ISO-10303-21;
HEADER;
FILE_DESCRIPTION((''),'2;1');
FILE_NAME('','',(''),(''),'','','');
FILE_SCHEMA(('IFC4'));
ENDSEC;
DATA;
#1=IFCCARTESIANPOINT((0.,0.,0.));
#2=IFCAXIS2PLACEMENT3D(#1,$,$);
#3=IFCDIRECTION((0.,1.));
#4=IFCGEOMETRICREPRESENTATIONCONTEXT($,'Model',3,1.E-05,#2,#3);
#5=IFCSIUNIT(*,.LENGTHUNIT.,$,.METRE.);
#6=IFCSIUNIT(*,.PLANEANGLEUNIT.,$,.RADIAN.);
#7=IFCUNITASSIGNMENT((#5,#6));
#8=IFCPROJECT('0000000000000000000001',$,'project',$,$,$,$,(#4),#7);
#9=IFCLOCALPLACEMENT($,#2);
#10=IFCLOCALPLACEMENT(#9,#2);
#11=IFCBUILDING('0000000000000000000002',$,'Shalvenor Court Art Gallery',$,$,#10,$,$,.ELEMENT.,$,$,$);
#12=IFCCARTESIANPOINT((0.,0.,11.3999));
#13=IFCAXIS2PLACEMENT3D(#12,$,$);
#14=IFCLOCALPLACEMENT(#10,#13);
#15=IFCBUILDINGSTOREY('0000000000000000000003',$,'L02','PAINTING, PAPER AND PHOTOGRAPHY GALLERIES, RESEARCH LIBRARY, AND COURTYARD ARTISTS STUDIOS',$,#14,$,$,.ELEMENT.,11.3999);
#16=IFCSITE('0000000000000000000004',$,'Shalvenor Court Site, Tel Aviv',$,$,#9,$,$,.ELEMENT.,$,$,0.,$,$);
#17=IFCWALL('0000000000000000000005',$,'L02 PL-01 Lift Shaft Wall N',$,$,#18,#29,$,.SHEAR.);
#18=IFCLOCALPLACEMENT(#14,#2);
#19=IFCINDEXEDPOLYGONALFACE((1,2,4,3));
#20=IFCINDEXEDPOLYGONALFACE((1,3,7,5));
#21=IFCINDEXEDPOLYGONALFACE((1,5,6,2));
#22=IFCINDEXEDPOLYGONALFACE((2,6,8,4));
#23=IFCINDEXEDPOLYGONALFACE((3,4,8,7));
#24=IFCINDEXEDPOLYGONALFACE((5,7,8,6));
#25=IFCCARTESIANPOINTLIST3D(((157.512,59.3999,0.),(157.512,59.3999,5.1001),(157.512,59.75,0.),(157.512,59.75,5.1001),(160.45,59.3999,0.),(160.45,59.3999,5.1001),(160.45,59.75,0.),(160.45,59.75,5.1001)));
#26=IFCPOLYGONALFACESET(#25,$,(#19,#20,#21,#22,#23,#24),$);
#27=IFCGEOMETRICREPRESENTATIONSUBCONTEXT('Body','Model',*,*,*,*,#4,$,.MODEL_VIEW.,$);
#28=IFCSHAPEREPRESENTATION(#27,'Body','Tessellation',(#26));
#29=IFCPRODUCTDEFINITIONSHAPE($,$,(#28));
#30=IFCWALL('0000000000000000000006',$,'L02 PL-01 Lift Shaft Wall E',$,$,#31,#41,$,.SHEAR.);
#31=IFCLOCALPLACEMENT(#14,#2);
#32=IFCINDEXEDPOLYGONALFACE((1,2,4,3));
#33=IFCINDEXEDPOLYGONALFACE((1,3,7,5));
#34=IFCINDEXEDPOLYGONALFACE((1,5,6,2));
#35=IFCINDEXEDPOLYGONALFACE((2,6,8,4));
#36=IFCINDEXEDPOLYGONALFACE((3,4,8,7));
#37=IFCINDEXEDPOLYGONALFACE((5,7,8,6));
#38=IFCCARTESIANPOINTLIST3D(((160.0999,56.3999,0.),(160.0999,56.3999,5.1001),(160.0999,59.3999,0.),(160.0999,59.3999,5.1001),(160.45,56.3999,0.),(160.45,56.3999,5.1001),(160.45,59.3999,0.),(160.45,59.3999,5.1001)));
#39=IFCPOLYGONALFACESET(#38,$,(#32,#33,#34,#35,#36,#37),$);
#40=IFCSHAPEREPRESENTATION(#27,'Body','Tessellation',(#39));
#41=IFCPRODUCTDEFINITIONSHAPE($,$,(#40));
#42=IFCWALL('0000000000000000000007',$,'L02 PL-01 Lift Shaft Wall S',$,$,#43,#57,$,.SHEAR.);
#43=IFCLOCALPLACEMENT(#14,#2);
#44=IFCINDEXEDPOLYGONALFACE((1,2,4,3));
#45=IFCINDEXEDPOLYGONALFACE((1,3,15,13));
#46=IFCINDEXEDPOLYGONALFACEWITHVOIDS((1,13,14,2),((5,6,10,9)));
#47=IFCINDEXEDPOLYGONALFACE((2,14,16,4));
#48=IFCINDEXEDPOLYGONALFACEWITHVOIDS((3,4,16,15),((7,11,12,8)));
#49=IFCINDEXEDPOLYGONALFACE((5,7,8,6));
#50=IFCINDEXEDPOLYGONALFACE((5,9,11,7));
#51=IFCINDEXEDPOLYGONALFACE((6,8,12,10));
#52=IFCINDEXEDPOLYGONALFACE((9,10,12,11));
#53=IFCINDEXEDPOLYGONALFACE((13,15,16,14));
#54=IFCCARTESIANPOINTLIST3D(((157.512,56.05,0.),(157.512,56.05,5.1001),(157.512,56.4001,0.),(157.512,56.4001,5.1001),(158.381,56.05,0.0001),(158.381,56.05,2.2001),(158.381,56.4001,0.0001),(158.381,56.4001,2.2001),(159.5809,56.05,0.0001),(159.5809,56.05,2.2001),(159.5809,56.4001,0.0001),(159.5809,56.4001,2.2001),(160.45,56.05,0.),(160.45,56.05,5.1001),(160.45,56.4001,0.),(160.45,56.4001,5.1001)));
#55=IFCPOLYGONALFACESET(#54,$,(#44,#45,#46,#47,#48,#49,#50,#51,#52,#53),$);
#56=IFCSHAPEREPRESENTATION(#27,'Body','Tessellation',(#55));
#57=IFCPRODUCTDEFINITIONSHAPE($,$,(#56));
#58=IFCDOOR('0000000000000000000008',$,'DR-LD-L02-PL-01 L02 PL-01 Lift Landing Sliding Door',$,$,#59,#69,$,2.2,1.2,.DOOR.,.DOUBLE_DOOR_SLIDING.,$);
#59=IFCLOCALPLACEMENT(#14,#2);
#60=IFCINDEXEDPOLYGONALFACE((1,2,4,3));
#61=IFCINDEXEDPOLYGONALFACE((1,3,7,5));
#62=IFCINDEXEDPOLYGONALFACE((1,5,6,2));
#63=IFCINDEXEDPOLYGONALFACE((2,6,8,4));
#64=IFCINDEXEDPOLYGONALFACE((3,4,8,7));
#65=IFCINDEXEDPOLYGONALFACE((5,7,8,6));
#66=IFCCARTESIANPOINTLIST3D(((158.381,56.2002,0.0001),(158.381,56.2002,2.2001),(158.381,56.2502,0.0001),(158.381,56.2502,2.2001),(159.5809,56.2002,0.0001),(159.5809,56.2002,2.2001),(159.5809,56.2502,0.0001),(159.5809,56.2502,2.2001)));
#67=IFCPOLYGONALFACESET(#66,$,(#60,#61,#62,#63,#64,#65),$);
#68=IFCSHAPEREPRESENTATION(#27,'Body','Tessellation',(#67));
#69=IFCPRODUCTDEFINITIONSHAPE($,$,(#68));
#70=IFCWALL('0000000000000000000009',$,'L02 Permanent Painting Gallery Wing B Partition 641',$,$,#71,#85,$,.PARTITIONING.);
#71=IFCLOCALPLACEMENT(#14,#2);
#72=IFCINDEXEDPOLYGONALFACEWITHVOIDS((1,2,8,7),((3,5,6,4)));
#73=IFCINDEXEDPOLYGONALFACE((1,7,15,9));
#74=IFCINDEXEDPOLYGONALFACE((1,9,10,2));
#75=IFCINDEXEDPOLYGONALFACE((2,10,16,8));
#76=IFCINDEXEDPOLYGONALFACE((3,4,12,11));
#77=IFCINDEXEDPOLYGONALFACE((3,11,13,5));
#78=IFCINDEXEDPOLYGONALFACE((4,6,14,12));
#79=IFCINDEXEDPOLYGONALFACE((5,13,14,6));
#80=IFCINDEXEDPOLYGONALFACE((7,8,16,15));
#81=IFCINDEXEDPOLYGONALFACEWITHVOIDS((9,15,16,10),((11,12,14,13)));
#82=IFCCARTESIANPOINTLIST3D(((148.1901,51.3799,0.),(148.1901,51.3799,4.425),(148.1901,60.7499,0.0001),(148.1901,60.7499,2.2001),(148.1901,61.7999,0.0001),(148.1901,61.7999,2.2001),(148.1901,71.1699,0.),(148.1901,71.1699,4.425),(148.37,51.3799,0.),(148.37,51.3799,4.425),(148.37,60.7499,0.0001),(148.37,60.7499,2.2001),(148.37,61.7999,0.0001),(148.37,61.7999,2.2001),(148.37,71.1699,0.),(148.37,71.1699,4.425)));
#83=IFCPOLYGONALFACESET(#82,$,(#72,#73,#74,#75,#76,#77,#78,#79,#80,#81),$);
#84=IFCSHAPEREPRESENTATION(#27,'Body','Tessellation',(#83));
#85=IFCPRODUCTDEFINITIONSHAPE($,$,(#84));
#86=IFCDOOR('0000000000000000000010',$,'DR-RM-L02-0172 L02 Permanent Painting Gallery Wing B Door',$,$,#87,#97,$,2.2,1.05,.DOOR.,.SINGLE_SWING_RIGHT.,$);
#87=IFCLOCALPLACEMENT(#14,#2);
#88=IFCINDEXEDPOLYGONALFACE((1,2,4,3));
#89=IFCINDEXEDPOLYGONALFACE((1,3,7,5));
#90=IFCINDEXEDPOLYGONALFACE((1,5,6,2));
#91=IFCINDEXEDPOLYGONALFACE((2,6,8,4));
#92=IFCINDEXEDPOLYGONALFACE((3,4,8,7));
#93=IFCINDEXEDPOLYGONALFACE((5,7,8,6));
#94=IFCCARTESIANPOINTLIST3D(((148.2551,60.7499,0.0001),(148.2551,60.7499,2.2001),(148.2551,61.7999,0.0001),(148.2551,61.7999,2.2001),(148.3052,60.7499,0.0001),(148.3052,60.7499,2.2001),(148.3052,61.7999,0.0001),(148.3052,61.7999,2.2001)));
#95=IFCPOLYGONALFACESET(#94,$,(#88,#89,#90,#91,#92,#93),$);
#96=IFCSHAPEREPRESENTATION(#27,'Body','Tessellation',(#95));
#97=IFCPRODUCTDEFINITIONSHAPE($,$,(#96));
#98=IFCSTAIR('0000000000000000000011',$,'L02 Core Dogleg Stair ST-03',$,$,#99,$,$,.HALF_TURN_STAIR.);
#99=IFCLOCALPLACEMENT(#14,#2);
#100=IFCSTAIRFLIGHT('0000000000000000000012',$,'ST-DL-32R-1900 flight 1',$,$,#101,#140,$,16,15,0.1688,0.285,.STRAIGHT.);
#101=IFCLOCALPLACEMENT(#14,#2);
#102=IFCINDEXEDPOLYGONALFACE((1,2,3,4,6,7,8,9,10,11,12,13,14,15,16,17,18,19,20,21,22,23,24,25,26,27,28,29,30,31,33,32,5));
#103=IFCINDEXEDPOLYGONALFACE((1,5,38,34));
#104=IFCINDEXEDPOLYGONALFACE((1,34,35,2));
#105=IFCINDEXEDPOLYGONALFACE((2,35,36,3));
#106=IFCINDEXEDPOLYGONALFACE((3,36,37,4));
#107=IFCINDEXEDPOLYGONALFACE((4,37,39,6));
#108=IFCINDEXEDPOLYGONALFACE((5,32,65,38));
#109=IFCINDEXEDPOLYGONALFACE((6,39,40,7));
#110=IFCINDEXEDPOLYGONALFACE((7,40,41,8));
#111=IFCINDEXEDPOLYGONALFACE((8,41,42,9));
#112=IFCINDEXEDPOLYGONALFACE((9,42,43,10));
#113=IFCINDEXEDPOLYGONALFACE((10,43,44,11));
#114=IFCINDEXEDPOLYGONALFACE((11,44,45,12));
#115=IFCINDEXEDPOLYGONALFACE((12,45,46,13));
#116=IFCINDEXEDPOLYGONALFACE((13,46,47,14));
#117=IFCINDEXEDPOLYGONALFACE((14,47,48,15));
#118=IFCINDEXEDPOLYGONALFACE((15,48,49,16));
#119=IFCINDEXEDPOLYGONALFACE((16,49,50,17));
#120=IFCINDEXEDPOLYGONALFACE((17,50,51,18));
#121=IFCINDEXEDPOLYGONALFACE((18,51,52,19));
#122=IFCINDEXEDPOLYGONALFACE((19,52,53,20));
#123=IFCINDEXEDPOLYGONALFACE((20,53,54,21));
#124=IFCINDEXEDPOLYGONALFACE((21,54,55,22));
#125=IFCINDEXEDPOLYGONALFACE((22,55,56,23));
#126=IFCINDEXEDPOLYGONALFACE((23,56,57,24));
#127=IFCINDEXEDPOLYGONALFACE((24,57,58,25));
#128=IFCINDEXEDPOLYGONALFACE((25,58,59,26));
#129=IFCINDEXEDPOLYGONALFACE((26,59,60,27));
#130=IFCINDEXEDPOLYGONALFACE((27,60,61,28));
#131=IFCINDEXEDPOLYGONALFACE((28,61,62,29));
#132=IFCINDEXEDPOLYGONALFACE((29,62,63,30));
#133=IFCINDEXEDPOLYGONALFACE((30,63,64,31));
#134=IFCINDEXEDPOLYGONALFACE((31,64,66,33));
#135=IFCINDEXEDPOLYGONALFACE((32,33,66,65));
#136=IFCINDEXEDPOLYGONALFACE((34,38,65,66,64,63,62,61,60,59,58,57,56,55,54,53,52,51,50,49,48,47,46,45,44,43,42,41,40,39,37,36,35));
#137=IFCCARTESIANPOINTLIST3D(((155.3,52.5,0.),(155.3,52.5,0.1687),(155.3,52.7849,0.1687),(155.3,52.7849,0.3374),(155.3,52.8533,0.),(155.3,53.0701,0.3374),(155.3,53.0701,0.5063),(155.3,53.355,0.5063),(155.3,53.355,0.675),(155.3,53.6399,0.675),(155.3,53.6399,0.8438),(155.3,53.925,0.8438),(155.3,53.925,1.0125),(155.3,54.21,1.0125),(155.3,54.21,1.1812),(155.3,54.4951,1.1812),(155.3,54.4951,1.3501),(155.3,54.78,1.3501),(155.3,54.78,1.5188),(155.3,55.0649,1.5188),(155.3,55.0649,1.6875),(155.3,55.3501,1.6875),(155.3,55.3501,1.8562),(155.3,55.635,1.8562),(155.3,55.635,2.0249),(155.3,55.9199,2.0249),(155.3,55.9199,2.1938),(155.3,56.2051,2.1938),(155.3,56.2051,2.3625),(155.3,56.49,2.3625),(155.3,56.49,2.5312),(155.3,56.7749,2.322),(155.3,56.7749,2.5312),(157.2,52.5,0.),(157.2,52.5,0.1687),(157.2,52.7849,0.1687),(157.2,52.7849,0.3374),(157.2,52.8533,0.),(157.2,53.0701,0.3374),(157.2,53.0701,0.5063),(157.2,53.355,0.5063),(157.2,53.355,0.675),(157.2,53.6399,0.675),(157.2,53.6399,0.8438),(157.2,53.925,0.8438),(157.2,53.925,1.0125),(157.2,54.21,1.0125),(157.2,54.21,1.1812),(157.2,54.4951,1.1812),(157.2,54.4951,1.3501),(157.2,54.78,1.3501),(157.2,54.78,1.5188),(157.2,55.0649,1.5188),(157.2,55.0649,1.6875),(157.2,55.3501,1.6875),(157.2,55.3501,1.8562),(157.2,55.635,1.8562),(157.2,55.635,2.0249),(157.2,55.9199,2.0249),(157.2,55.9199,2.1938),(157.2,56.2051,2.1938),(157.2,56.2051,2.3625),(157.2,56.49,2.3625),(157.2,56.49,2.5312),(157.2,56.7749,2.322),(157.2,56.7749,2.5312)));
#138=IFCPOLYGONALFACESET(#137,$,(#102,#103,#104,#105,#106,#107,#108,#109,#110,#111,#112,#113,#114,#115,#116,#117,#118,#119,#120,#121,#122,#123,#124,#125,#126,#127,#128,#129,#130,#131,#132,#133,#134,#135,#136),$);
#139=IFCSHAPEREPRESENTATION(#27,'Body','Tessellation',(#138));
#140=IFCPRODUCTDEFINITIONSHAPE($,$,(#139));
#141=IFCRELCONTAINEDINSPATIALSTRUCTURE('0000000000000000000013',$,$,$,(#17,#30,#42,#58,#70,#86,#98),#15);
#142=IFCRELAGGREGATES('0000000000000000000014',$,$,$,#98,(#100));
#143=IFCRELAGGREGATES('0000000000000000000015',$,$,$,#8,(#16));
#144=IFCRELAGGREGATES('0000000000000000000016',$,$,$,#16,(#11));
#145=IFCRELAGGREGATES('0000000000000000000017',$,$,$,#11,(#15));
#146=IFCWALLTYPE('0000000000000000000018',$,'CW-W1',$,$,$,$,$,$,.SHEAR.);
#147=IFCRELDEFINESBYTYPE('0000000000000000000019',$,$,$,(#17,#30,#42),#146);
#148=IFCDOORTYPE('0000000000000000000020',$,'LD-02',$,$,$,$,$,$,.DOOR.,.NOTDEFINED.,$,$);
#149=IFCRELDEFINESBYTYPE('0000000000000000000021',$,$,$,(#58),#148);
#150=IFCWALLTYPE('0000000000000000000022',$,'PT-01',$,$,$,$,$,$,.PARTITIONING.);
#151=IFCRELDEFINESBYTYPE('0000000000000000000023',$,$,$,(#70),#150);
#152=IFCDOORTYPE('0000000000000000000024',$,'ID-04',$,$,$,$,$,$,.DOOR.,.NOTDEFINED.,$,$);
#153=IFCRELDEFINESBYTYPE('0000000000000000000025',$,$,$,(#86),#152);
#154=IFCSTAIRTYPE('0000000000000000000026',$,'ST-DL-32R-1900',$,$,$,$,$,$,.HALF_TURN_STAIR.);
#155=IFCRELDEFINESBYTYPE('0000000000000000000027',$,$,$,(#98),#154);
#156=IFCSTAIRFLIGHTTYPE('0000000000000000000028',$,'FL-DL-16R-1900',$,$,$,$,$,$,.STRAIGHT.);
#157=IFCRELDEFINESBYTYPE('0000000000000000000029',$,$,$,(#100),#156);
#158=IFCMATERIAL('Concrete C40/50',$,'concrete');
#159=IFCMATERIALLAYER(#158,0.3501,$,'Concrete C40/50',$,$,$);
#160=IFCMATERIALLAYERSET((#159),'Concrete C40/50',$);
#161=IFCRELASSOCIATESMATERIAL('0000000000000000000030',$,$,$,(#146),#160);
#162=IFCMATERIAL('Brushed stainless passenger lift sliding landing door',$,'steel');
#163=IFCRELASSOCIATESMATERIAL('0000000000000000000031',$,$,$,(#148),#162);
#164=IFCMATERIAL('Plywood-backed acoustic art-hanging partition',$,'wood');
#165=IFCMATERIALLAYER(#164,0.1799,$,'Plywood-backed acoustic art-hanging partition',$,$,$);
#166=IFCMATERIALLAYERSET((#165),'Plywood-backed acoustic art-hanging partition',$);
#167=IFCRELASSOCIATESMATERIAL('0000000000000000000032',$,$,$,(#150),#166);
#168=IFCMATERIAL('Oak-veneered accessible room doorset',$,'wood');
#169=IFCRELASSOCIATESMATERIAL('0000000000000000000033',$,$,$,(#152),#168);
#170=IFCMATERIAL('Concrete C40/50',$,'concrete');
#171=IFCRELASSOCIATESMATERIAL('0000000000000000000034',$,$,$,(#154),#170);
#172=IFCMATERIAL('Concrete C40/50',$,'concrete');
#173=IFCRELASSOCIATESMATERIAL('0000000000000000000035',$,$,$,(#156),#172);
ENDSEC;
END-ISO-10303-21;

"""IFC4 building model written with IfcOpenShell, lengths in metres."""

from ifc_helpers import new_model, si_unit, direction, frame, frame_2d, origin, place, context, subcontext, project, spatial, polyline, rectangle, outline, extrude, material, layer, layer_set, type_object, element, fill, aggregate, save


model = new_model("IFC4")

# Units and contexts
model_context = context("Model", 3, precision=1e-05, world=origin(), true_north=direction((0.0, 1.0)))
body_context = subcontext(model_context, "Body", "Model", "MODEL_VIEW")
ifc_project = project(units=[si_unit("LENGTHUNIT", "METRE"), si_unit("PLANEANGLEUNIT", "RADIAN")], contexts=[model_context])

# Site, building, storey
site_placement = place(None, origin())
site = spatial("IfcSite", under=ifc_project, at=site_placement, Name="Shalvenor Court Site, Tel Aviv", CompositionType="ELEMENT", RefElevation=0.0)
building_placement = place(site_placement, origin())
building = spatial("IfcBuilding", under=site, at=building_placement, Name="Shalvenor Court Art Gallery", CompositionType="ELEMENT")
storey_placement = place(building_placement, frame((0.0, 0.0, 11.3999)))
storey = spatial("IfcBuildingStorey", under=building, at=storey_placement, Name="L02", Description="PAINTING, PAPER AND PHOTOGRAPHY GALLERIES, RESEARCH LIBRARY, AND COURTYARD ARTISTS STUDIOS", CompositionType="ELEMENT", Elevation=11.3999)

# Walls
ifc_material_1 = material(Name="Concrete C40/50", Category="concrete")
ifc_layer_1 = layer(ifc_material_1, 0.3501, Name="Concrete C40/50")
ifc_layer_set_1 = layer_set([ifc_layer_1], Name="Concrete C40/50")
wall_type_1 = type_object("IfcWallType", Name="CW-W1", PredefinedType="SHEAR", material=ifc_layer_set_1)
wall_1_placement = place(storey_placement, frame((157.512, 59.575, 0.0), z_axis=(0.0, 0.0, 1.0), x_axis=(1.0, 0.0, 0.0)))
element("IfcWall", 1, at=wall_1_placement, inside=storey, type_object=wall_type_1, Name="L02 PL-01 Lift Shaft Wall N", PredefinedType="SHEAR", context=body_context, shape_type="SweptSolid", body=[
    extrude(rectangle(XDim=2.938, YDim=0.3501, at=frame_2d((1.469, 0.0))), origin(), (0.0, 0.0, 1.0), 5.1001),
])
wall_2_placement = place(storey_placement, frame((160.2749, 59.3999, 0.0), z_axis=(0.0, 0.0, 1.0), x_axis=(0.0, -1.0, 0.0)))
element("IfcWall", 2, at=wall_2_placement, inside=storey, type_object=wall_type_1, Name="L02 PL-01 Lift Shaft Wall E", PredefinedType="SHEAR", context=body_context, shape_type="SweptSolid", body=[
    extrude(rectangle(XDim=3.0, YDim=0.3501, at=frame_2d((1.5, 0.0))), origin(), (0.0, 0.0, 1.0), 5.1001),
])

# Walls, openings, doors
wall_3_placement = place(storey_placement, frame((160.45, 56.2251, 0.0), z_axis=(0.0, 0.0, 1.0), x_axis=(-1.0, 0.0, 0.0)))
wall_3 = element("IfcWall", 3, at=wall_3_placement, inside=storey, type_object=wall_type_1, Name="L02 PL-01 Lift Shaft Wall S", PredefinedType="SHEAR", context=body_context, shape_type="SweptSolid", body=[
    extrude(rectangle(XDim=2.938, YDim=0.3501, at=frame_2d((1.469, 0.0))), origin(), (0.0, 0.0, 1.0), 5.1001),
])
opening_1_placement = place(wall_3_placement, frame((0.8689, 0.0, 0.0)))
opening_1 = element("IfcOpeningElement", 4, at=opening_1_placement, cuts=wall_3, PredefinedType="OPENING", context=body_context, shape_type="SweptSolid", body=[
    extrude(rectangle(XDim=1.2, YDim=2.2, at=frame_2d((0.6001, 1.1001))), frame((0.0, 0.1851, 0.0), z_axis=(0.0, -1.0, 0.0), x_axis=(1.0, 0.0, 0.0)), (0.0, 0.0, 1.0), 0.3701),
])
ifc_material_2 = material(Name="Brushed stainless passenger lift sliding landing door", Category="steel")
door_type_1 = type_object("IfcDoorType", Name="LD-02", OperationType="NOTDEFINED", PredefinedType="DOOR", material=ifc_material_2)
door_1_placement = place(opening_1_placement, origin())
door_1 = element("IfcDoor", 5, at=door_1_placement, inside=storey, type_object=door_type_1, Name="DR-LD-L02-PL-01 L02 PL-01 Lift Landing Sliding Door", OperationType="DOUBLE_DOOR_SLIDING", OverallHeight=2.2, OverallWidth=1.2, PredefinedType="DOOR", context=body_context, shape_type="SweptSolid", body=[
    extrude(rectangle(XDim=1.2, YDim=2.2, at=frame_2d((0.6001, 1.1001))), frame((0.0, 0.0249, 0.0), z_axis=(0.0, -1.0, 0.0), x_axis=(1.0, 0.0, 0.0)), (0.0, 0.0, 1.0), 0.05),
])
fill(opening_1, door_1)
ifc_material_3 = material(Name="Plywood-backed acoustic art-hanging partition", Category="wood")
ifc_layer_2 = layer(ifc_material_3, 0.1799, Name="Plywood-backed acoustic art-hanging partition")
ifc_layer_set_2 = layer_set([ifc_layer_2], Name="Plywood-backed acoustic art-hanging partition")
wall_type_2 = type_object("IfcWallType", Name="PT-01", PredefinedType="PARTITIONING", material=ifc_layer_set_2)
wall_4_placement = place(storey_placement, frame((148.28, 51.3799, 0.0), z_axis=(0.0, 0.0, 1.0), x_axis=(0.0, 1.0, 0.0)))
wall_4 = element("IfcWall", 6, at=wall_4_placement, inside=storey, type_object=wall_type_2, Name="L02 Permanent Painting Gallery Wing B Partition 641", PredefinedType="PARTITIONING", context=body_context, shape_type="SweptSolid", body=[
    extrude(rectangle(XDim=19.79, YDim=0.1799, at=frame_2d((9.895, 0.0))), origin(), (0.0, 0.0, 1.0), 4.425),
])
opening_2_placement = place(wall_4_placement, frame((9.3701, 0.0, 0.0)))
opening_2 = element("IfcOpeningElement", 7, at=opening_2_placement, cuts=wall_4, PredefinedType="OPENING", context=body_context, shape_type="SweptSolid", body=[
    extrude(rectangle(XDim=1.05, YDim=2.2, at=frame_2d((0.5249, 1.1001))), frame((0.0, 0.0999, 0.0), z_axis=(0.0, -1.0, 0.0), x_axis=(1.0, 0.0, 0.0)), (0.0, 0.0, 1.0), 0.2),
])
ifc_material_4 = material(Name="Oak-veneered accessible room doorset", Category="wood")
door_type_2 = type_object("IfcDoorType", Name="ID-04", OperationType="NOTDEFINED", PredefinedType="DOOR", material=ifc_material_4)
door_2_placement = place(opening_2_placement, origin())
door_2 = element("IfcDoor", 8, at=door_2_placement, inside=storey, type_object=door_type_2, Name="DR-RM-L02-0172 L02 Permanent Painting Gallery Wing B Door", OperationType="SINGLE_SWING_RIGHT", OverallHeight=2.2, OverallWidth=1.05, PredefinedType="DOOR", context=body_context, shape_type="SweptSolid", body=[
    extrude(rectangle(XDim=1.05, YDim=2.2, at=frame_2d((0.5249, 1.1001))), frame((0.0, 0.0249, 0.0), z_axis=(0.0, -1.0, 0.0), x_axis=(1.0, 0.0, 0.0)), (0.0, 0.0, 1.0), 0.05),
])
fill(opening_2, door_2)

# Stair, stair flight
ifc_material_5 = material(Name="Concrete C40/50", Category="concrete")
stair_type = type_object("IfcStairType", Name="ST-DL-32R-1900", PredefinedType="HALF_TURN_STAIR", material=ifc_material_5)
stair_placement = place(storey_placement, origin())
stair = element("IfcStair", 9, at=stair_placement, inside=storey, type_object=stair_type, Name="L02 Core Dogleg Stair ST-03", PredefinedType="HALF_TURN_STAIR")
ifc_material_6 = material(Name="Concrete C40/50", Category="concrete")
stair_flight_type = type_object("IfcStairFlightType", Name="FL-DL-16R-1900", PredefinedType="STRAIGHT", material=ifc_material_6)
stair_flight_1_placement = place(storey_placement, frame((156.25, 52.5, 0.0), z_axis=(0.0, 0.0, 1.0), x_axis=(0.0, 1.0, 0.0)))
stair_flight_1 = element("IfcStairFlight", 10, at=stair_flight_1_placement, type_object=stair_flight_type, Name="ST-DL-32R-1900 flight 1", NumberOfRisers=16, NumberOfTreads=15, PredefinedType="STRAIGHT", RiserHeight=0.1688, TreadLength=0.285, context=body_context, shape_type="SweptSolid", body=[
    extrude(outline(polyline([(0.0, 0.0), (0.0, 0.1687), (0.2849, 0.1687), (0.2849, 0.3374), (0.5701, 0.3374), (0.5701, 0.5063), (0.855, 0.5063), (0.855, 0.675), (1.1399, 0.675), (1.1399, 0.8438), (1.425, 0.8438), (1.425, 1.0125), (1.71, 1.0125), (1.71, 1.1812), (1.9951, 1.1812), (1.9951, 1.3501), (2.28, 1.3501), (2.28, 1.5188), (2.5649, 1.5188), (2.5649, 1.6875), (2.8501, 1.6875), (2.8501, 1.8562), (3.135, 1.8562), (3.135, 2.0249), (3.4199, 2.0249), (3.4199, 2.1938), (3.7051, 2.1938), (3.7051, 2.3625), (3.99, 2.3625), (3.99, 2.5312), (4.2749, 2.5312), (4.2749, 2.7), (4.2749, 2.322), (0.3533, 0.0), (0.0, 0.0)])), frame((0.0, 0.95, 0.0), z_axis=(0.0, -1.0, 0.0), x_axis=(1.0, 0.0, 0.0)), (0.0, 0.0, 1.0), 1.8999),
])
aggregate(stair, [stair_flight_1])

save(model, "model.ifc")
